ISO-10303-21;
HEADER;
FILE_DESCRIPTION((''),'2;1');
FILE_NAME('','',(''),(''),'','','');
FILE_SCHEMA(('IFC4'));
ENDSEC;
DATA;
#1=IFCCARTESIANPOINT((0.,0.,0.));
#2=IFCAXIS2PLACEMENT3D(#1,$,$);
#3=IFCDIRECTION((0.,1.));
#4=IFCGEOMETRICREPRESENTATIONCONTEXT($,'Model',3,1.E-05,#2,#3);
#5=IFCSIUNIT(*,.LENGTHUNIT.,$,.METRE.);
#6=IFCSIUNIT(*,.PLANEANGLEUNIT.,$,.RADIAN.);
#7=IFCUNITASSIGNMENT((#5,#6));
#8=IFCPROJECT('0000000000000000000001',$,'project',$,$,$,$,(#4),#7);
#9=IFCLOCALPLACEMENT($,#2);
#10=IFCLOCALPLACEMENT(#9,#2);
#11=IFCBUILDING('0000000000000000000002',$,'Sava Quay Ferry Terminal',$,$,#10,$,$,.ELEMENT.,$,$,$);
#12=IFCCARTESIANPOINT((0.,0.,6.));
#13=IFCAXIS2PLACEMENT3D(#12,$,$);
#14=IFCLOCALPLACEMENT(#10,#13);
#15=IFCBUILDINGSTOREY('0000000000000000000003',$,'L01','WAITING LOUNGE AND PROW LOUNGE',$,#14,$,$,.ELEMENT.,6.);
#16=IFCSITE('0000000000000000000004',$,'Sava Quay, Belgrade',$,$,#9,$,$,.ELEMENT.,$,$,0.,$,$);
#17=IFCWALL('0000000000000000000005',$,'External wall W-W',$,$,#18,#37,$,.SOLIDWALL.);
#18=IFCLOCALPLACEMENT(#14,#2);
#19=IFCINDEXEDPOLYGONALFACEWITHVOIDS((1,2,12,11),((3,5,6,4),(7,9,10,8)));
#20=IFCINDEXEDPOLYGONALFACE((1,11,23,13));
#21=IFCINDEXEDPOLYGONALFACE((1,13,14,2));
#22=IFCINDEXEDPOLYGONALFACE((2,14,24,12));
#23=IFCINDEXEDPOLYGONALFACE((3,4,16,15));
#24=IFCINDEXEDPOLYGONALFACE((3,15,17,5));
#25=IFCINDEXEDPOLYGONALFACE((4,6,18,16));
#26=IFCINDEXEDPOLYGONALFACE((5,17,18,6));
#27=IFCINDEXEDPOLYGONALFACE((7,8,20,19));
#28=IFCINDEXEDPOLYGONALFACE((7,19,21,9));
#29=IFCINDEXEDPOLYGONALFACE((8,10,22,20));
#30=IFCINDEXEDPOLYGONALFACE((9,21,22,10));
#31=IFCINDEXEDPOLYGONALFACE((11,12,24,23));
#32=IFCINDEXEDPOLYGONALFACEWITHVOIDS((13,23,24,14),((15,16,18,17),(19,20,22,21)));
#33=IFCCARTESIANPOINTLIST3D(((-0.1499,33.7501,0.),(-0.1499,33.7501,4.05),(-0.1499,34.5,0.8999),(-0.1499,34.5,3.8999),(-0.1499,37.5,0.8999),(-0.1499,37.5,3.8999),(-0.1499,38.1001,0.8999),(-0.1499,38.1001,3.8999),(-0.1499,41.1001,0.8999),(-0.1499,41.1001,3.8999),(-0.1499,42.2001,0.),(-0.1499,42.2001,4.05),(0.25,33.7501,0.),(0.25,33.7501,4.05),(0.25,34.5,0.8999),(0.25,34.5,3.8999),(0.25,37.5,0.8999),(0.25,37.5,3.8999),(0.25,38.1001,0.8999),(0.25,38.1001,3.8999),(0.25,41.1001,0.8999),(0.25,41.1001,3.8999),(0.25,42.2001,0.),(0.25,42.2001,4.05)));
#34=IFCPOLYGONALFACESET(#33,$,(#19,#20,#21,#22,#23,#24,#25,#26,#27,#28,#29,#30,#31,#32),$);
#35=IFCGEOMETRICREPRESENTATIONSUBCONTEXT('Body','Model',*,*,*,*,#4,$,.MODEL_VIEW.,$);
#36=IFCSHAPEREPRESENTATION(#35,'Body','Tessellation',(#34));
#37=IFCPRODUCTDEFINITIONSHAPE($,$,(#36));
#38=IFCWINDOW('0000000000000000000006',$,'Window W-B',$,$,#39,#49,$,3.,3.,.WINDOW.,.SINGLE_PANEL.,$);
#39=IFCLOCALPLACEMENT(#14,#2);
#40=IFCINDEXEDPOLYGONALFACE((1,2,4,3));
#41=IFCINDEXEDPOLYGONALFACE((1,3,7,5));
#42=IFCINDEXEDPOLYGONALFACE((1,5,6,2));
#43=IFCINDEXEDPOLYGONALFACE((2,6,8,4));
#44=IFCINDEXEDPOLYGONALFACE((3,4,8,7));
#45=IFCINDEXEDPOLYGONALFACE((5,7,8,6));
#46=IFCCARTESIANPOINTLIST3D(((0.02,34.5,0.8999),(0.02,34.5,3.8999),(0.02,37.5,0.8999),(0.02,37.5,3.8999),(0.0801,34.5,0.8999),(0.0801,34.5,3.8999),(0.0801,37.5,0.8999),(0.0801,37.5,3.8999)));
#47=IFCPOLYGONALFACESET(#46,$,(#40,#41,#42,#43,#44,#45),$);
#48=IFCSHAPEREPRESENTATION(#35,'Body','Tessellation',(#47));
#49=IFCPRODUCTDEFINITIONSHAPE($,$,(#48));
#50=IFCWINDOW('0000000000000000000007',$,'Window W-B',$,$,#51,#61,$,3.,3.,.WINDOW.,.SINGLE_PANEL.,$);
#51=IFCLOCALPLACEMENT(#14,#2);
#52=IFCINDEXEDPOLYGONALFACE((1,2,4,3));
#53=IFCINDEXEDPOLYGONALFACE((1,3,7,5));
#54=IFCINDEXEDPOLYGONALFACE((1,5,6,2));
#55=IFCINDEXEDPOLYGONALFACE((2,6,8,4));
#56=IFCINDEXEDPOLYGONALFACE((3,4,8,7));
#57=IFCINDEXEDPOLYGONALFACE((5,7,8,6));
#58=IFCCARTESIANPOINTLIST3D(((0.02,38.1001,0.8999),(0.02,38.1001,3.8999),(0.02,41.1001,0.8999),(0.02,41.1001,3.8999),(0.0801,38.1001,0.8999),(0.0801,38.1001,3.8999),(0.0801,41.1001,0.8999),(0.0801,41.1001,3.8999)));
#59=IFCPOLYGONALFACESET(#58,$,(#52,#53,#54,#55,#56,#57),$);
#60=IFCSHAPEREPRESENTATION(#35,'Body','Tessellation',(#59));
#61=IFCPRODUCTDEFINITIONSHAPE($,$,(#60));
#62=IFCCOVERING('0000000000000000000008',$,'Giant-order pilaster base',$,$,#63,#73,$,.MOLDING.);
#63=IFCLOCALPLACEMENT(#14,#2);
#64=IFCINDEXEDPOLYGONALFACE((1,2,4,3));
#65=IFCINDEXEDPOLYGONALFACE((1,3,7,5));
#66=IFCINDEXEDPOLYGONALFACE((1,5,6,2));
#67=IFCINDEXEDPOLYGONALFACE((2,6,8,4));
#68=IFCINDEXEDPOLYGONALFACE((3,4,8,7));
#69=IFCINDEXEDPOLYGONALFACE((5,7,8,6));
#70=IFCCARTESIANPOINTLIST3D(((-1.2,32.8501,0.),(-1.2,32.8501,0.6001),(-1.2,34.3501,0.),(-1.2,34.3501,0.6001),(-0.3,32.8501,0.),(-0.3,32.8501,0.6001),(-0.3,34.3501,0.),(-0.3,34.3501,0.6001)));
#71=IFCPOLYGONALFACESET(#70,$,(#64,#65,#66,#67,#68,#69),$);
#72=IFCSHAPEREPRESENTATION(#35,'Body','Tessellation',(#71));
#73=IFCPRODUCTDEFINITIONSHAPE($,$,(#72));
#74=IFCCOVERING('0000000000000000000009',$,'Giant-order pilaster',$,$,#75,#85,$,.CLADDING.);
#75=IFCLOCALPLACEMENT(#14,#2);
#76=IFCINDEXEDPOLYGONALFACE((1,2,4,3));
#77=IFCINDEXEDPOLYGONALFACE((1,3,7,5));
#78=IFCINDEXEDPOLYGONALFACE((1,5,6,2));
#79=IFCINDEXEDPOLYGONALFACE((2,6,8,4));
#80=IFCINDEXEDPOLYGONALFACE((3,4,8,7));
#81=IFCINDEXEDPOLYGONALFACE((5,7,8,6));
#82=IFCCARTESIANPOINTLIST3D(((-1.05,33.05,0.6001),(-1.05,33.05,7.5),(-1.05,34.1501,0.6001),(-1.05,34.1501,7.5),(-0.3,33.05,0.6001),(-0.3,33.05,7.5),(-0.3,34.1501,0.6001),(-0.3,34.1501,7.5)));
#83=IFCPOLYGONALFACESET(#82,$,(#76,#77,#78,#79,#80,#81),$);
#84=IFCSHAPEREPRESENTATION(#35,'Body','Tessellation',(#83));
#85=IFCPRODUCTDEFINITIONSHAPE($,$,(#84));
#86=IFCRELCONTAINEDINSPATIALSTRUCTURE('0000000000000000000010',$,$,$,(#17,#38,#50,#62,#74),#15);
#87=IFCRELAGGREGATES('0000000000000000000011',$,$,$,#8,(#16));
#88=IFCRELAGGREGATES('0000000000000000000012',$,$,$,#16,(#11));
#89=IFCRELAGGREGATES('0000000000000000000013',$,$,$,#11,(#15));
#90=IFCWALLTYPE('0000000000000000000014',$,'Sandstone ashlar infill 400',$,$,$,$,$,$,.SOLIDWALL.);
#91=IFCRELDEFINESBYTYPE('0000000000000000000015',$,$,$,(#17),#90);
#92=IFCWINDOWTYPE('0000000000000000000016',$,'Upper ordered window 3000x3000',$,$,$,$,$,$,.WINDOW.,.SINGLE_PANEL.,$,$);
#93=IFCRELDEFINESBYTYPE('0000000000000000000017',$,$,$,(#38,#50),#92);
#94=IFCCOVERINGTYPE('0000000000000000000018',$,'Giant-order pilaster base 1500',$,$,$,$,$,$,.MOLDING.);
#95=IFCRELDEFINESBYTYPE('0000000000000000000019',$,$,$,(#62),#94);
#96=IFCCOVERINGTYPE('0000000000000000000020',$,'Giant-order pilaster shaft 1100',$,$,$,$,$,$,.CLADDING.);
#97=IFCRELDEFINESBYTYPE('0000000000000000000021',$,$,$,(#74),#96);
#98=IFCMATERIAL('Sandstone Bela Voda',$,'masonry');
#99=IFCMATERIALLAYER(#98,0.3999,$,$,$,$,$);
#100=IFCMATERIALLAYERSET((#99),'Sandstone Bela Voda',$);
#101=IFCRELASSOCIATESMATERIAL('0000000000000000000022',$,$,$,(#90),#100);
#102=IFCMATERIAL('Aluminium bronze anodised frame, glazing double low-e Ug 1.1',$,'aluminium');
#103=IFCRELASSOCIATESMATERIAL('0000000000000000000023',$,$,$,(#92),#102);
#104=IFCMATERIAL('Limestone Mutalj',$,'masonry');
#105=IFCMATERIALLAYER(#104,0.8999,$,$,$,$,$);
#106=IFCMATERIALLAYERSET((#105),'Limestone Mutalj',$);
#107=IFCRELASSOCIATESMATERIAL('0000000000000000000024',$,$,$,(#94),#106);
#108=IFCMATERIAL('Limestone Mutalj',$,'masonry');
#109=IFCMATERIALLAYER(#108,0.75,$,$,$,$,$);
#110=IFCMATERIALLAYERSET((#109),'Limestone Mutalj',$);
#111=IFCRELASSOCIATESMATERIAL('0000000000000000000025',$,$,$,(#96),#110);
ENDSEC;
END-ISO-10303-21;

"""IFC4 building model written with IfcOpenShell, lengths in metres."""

from ifc_helpers import new_model, si_unit, direction, frame, frame_2d, origin, origin_2d, place, context, subcontext, project, spatial, rectangle, extrude, material, layer, layer_set, type_object, element, fill, save


model = new_model("IFC4")

# Units and contexts
model_context = context("Model", 3, precision=1e-05, world=origin(), true_north=direction((0.0, 1.0)))
body_context = subcontext(model_context, "Body", "Model", "MODEL_VIEW")
ifc_project = project(units=[si_unit("LENGTHUNIT", "METRE"), si_unit("PLANEANGLEUNIT", "RADIAN")], contexts=[model_context])

# Site, building, storey
site_placement = place(None, origin())
site = spatial("IfcSite", under=ifc_project, at=site_placement, Name="Sava Quay, Belgrade", CompositionType="ELEMENT", RefElevation=0.0)
building_placement = place(site_placement, origin())
building = spatial("IfcBuilding", under=site, at=building_placement, Name="Sava Quay Ferry Terminal", CompositionType="ELEMENT")
storey_placement = place(building_placement, frame((0.0, 0.0, 6.0)))
storey = spatial("IfcBuildingStorey", under=building, at=storey_placement, Name="L01", Description="WAITING LOUNGE AND PROW LOUNGE", CompositionType="ELEMENT", Elevation=6.0)

# Wall, openings, windows
ifc_material_1 = material(Name="Sandstone Bela Voda", Category="masonry")
ifc_layer_1 = layer(ifc_material_1, 0.3999)
ifc_layer_set_1 = layer_set([ifc_layer_1], Name="Sandstone Bela Voda")
wall_type_1 = type_object("IfcWallType", Name="Sandstone ashlar infill 400", PredefinedType="SOLIDWALL", material=ifc_layer_set_1)
wall_1_placement = place(storey_placement, frame((0.05, 33.75, 0.0), z_axis=(0.0, 0.0, 1.0), x_axis=(0.0, 1.0, 0.0)))
wall_1 = element("IfcWall", 1, at=wall_1_placement, inside=storey, type_object=wall_type_1, Name="External wall W-W", PredefinedType="SOLIDWALL", context=body_context, shape_type="SweptSolid", body=[
    extrude(rectangle(XDim=8.45, YDim=0.3999, at=frame_2d((4.2251, 0.0))), origin(), (0.0, 0.0, 1.0), 4.05),
])
opening_1_placement = place(wall_1_placement, frame((0.75, 0.0, 0.8999)))
opening_1 = element("IfcOpeningElement", 2, at=opening_1_placement, cuts=wall_1, PredefinedType="OPENING", context=body_context, shape_type="SweptSolid", body=[
    extrude(rectangle(XDim=3.0, YDim=3.0, at=frame_2d((1.5, 1.5))), frame((0.0, 0.2, 0.0), z_axis=(0.0, -1.0, 0.0), x_axis=(1.0, 0.0, 0.0)), (0.0, 0.0, 1.0), 0.3999),
])
opening_2_placement = place(wall_1_placement, frame((4.3501, 0.0, 0.8999)))
opening_2 = element("IfcOpeningElement", 3, at=opening_2_placement, cuts=wall_1, PredefinedType="OPENING", context=body_context, shape_type="SweptSolid", body=[
    extrude(rectangle(XDim=3.0, YDim=3.0, at=frame_2d((1.5, 1.5))), frame((0.0, 0.2, 0.0), z_axis=(0.0, -1.0, 0.0), x_axis=(1.0, 0.0, 0.0)), (0.0, 0.0, 1.0), 0.3999),
])
ifc_material_2 = material(Name="Aluminium bronze anodised frame, glazing double low-e Ug 1.1", Category="aluminium")
window_type = type_object("IfcWindowType", Name="Upper ordered window 3000x3000", PartitioningType="SINGLE_PANEL", PredefinedType="WINDOW", material=ifc_material_2)
window_1_placement = place(opening_1_placement, origin())
window_1 = element("IfcWindow", 4, at=window_1_placement, inside=storey, type_object=window_type, Name="Window W-B", OverallHeight=3.0, OverallWidth=3.0, PartitioningType="SINGLE_PANEL", PredefinedType="WINDOW", context=body_context, shape_type="SweptSolid", body=[
    extrude(rectangle(XDim=3.0, YDim=3.0, at=frame_2d((1.5, 1.5))), frame((0.0, 0.03, 0.0), z_axis=(0.0, -1.0, 0.0), x_axis=(1.0, 0.0, 0.0)), (0.0, 0.0, 1.0), 0.0601),
])
fill(opening_1, window_1)
window_2_placement = place(opening_2_placement, origin())
window_2 = element("IfcWindow", 5, at=window_2_placement, inside=storey, type_object=window_type, Name="Window W-B", OverallHeight=3.0, OverallWidth=3.0, PartitioningType="SINGLE_PANEL", PredefinedType="WINDOW", context=body_context, shape_type="SweptSolid", body=[
    extrude(rectangle(XDim=3.0, YDim=3.0, at=frame_2d((1.5, 1.5))), frame((0.0, 0.03, 0.0), z_axis=(0.0, -1.0, 0.0), x_axis=(1.0, 0.0, 0.0)), (0.0, 0.0, 1.0), 0.0601),
])
fill(opening_2, window_2)

# Coverings
ifc_material_3 = material(Name="Limestone Mutalj", Category="masonry")
ifc_layer_2 = layer(ifc_material_3, 0.8999)
ifc_layer_set_2 = layer_set([ifc_layer_2], Name="Limestone Mutalj")
covering_type_1 = type_object("IfcCoveringType", Name="Giant-order pilaster base 1500", PredefinedType="MOLDING", material=ifc_layer_set_2)
covering_1_placement = place(storey_placement, frame((-0.75, 33.6001, 0.0), z_axis=(0.0, 0.0, 1.0), x_axis=(1.0, 0.0, 0.0)))
element("IfcCovering", 6, at=covering_1_placement, inside=storey, type_object=covering_type_1, Name="Giant-order pilaster base", PredefinedType="MOLDING", context=body_context, shape_type="SweptSolid", body=[
    extrude(rectangle(XDim=0.8999, YDim=1.5, at=origin_2d()), origin(), (0.0, 0.0, 1.0), 0.6001),
])
ifc_material_4 = material(Name="Limestone Mutalj", Category="masonry")
ifc_layer_3 = layer(ifc_material_4, 0.75)
ifc_layer_set_3 = layer_set([ifc_layer_3], Name="Limestone Mutalj")
covering_type_2 = type_object("IfcCoveringType", Name="Giant-order pilaster shaft 1100", PredefinedType="CLADDING", material=ifc_layer_set_3)
covering_2_placement = place(storey_placement, frame((-0.675, 33.6001, 0.6001), z_axis=(0.0, 0.0, 1.0), x_axis=(1.0, 0.0, 0.0)))
element("IfcCovering", 7, at=covering_2_placement, inside=storey, type_object=covering_type_2, Name="Giant-order pilaster", PredefinedType="CLADDING", context=body_context, shape_type="SweptSolid", body=[
    extrude(rectangle(XDim=0.75, YDim=1.1001, at=origin_2d()), origin(), (0.0, 0.0, 1.0), 6.8999),
])

save(model, "model.ifc")
